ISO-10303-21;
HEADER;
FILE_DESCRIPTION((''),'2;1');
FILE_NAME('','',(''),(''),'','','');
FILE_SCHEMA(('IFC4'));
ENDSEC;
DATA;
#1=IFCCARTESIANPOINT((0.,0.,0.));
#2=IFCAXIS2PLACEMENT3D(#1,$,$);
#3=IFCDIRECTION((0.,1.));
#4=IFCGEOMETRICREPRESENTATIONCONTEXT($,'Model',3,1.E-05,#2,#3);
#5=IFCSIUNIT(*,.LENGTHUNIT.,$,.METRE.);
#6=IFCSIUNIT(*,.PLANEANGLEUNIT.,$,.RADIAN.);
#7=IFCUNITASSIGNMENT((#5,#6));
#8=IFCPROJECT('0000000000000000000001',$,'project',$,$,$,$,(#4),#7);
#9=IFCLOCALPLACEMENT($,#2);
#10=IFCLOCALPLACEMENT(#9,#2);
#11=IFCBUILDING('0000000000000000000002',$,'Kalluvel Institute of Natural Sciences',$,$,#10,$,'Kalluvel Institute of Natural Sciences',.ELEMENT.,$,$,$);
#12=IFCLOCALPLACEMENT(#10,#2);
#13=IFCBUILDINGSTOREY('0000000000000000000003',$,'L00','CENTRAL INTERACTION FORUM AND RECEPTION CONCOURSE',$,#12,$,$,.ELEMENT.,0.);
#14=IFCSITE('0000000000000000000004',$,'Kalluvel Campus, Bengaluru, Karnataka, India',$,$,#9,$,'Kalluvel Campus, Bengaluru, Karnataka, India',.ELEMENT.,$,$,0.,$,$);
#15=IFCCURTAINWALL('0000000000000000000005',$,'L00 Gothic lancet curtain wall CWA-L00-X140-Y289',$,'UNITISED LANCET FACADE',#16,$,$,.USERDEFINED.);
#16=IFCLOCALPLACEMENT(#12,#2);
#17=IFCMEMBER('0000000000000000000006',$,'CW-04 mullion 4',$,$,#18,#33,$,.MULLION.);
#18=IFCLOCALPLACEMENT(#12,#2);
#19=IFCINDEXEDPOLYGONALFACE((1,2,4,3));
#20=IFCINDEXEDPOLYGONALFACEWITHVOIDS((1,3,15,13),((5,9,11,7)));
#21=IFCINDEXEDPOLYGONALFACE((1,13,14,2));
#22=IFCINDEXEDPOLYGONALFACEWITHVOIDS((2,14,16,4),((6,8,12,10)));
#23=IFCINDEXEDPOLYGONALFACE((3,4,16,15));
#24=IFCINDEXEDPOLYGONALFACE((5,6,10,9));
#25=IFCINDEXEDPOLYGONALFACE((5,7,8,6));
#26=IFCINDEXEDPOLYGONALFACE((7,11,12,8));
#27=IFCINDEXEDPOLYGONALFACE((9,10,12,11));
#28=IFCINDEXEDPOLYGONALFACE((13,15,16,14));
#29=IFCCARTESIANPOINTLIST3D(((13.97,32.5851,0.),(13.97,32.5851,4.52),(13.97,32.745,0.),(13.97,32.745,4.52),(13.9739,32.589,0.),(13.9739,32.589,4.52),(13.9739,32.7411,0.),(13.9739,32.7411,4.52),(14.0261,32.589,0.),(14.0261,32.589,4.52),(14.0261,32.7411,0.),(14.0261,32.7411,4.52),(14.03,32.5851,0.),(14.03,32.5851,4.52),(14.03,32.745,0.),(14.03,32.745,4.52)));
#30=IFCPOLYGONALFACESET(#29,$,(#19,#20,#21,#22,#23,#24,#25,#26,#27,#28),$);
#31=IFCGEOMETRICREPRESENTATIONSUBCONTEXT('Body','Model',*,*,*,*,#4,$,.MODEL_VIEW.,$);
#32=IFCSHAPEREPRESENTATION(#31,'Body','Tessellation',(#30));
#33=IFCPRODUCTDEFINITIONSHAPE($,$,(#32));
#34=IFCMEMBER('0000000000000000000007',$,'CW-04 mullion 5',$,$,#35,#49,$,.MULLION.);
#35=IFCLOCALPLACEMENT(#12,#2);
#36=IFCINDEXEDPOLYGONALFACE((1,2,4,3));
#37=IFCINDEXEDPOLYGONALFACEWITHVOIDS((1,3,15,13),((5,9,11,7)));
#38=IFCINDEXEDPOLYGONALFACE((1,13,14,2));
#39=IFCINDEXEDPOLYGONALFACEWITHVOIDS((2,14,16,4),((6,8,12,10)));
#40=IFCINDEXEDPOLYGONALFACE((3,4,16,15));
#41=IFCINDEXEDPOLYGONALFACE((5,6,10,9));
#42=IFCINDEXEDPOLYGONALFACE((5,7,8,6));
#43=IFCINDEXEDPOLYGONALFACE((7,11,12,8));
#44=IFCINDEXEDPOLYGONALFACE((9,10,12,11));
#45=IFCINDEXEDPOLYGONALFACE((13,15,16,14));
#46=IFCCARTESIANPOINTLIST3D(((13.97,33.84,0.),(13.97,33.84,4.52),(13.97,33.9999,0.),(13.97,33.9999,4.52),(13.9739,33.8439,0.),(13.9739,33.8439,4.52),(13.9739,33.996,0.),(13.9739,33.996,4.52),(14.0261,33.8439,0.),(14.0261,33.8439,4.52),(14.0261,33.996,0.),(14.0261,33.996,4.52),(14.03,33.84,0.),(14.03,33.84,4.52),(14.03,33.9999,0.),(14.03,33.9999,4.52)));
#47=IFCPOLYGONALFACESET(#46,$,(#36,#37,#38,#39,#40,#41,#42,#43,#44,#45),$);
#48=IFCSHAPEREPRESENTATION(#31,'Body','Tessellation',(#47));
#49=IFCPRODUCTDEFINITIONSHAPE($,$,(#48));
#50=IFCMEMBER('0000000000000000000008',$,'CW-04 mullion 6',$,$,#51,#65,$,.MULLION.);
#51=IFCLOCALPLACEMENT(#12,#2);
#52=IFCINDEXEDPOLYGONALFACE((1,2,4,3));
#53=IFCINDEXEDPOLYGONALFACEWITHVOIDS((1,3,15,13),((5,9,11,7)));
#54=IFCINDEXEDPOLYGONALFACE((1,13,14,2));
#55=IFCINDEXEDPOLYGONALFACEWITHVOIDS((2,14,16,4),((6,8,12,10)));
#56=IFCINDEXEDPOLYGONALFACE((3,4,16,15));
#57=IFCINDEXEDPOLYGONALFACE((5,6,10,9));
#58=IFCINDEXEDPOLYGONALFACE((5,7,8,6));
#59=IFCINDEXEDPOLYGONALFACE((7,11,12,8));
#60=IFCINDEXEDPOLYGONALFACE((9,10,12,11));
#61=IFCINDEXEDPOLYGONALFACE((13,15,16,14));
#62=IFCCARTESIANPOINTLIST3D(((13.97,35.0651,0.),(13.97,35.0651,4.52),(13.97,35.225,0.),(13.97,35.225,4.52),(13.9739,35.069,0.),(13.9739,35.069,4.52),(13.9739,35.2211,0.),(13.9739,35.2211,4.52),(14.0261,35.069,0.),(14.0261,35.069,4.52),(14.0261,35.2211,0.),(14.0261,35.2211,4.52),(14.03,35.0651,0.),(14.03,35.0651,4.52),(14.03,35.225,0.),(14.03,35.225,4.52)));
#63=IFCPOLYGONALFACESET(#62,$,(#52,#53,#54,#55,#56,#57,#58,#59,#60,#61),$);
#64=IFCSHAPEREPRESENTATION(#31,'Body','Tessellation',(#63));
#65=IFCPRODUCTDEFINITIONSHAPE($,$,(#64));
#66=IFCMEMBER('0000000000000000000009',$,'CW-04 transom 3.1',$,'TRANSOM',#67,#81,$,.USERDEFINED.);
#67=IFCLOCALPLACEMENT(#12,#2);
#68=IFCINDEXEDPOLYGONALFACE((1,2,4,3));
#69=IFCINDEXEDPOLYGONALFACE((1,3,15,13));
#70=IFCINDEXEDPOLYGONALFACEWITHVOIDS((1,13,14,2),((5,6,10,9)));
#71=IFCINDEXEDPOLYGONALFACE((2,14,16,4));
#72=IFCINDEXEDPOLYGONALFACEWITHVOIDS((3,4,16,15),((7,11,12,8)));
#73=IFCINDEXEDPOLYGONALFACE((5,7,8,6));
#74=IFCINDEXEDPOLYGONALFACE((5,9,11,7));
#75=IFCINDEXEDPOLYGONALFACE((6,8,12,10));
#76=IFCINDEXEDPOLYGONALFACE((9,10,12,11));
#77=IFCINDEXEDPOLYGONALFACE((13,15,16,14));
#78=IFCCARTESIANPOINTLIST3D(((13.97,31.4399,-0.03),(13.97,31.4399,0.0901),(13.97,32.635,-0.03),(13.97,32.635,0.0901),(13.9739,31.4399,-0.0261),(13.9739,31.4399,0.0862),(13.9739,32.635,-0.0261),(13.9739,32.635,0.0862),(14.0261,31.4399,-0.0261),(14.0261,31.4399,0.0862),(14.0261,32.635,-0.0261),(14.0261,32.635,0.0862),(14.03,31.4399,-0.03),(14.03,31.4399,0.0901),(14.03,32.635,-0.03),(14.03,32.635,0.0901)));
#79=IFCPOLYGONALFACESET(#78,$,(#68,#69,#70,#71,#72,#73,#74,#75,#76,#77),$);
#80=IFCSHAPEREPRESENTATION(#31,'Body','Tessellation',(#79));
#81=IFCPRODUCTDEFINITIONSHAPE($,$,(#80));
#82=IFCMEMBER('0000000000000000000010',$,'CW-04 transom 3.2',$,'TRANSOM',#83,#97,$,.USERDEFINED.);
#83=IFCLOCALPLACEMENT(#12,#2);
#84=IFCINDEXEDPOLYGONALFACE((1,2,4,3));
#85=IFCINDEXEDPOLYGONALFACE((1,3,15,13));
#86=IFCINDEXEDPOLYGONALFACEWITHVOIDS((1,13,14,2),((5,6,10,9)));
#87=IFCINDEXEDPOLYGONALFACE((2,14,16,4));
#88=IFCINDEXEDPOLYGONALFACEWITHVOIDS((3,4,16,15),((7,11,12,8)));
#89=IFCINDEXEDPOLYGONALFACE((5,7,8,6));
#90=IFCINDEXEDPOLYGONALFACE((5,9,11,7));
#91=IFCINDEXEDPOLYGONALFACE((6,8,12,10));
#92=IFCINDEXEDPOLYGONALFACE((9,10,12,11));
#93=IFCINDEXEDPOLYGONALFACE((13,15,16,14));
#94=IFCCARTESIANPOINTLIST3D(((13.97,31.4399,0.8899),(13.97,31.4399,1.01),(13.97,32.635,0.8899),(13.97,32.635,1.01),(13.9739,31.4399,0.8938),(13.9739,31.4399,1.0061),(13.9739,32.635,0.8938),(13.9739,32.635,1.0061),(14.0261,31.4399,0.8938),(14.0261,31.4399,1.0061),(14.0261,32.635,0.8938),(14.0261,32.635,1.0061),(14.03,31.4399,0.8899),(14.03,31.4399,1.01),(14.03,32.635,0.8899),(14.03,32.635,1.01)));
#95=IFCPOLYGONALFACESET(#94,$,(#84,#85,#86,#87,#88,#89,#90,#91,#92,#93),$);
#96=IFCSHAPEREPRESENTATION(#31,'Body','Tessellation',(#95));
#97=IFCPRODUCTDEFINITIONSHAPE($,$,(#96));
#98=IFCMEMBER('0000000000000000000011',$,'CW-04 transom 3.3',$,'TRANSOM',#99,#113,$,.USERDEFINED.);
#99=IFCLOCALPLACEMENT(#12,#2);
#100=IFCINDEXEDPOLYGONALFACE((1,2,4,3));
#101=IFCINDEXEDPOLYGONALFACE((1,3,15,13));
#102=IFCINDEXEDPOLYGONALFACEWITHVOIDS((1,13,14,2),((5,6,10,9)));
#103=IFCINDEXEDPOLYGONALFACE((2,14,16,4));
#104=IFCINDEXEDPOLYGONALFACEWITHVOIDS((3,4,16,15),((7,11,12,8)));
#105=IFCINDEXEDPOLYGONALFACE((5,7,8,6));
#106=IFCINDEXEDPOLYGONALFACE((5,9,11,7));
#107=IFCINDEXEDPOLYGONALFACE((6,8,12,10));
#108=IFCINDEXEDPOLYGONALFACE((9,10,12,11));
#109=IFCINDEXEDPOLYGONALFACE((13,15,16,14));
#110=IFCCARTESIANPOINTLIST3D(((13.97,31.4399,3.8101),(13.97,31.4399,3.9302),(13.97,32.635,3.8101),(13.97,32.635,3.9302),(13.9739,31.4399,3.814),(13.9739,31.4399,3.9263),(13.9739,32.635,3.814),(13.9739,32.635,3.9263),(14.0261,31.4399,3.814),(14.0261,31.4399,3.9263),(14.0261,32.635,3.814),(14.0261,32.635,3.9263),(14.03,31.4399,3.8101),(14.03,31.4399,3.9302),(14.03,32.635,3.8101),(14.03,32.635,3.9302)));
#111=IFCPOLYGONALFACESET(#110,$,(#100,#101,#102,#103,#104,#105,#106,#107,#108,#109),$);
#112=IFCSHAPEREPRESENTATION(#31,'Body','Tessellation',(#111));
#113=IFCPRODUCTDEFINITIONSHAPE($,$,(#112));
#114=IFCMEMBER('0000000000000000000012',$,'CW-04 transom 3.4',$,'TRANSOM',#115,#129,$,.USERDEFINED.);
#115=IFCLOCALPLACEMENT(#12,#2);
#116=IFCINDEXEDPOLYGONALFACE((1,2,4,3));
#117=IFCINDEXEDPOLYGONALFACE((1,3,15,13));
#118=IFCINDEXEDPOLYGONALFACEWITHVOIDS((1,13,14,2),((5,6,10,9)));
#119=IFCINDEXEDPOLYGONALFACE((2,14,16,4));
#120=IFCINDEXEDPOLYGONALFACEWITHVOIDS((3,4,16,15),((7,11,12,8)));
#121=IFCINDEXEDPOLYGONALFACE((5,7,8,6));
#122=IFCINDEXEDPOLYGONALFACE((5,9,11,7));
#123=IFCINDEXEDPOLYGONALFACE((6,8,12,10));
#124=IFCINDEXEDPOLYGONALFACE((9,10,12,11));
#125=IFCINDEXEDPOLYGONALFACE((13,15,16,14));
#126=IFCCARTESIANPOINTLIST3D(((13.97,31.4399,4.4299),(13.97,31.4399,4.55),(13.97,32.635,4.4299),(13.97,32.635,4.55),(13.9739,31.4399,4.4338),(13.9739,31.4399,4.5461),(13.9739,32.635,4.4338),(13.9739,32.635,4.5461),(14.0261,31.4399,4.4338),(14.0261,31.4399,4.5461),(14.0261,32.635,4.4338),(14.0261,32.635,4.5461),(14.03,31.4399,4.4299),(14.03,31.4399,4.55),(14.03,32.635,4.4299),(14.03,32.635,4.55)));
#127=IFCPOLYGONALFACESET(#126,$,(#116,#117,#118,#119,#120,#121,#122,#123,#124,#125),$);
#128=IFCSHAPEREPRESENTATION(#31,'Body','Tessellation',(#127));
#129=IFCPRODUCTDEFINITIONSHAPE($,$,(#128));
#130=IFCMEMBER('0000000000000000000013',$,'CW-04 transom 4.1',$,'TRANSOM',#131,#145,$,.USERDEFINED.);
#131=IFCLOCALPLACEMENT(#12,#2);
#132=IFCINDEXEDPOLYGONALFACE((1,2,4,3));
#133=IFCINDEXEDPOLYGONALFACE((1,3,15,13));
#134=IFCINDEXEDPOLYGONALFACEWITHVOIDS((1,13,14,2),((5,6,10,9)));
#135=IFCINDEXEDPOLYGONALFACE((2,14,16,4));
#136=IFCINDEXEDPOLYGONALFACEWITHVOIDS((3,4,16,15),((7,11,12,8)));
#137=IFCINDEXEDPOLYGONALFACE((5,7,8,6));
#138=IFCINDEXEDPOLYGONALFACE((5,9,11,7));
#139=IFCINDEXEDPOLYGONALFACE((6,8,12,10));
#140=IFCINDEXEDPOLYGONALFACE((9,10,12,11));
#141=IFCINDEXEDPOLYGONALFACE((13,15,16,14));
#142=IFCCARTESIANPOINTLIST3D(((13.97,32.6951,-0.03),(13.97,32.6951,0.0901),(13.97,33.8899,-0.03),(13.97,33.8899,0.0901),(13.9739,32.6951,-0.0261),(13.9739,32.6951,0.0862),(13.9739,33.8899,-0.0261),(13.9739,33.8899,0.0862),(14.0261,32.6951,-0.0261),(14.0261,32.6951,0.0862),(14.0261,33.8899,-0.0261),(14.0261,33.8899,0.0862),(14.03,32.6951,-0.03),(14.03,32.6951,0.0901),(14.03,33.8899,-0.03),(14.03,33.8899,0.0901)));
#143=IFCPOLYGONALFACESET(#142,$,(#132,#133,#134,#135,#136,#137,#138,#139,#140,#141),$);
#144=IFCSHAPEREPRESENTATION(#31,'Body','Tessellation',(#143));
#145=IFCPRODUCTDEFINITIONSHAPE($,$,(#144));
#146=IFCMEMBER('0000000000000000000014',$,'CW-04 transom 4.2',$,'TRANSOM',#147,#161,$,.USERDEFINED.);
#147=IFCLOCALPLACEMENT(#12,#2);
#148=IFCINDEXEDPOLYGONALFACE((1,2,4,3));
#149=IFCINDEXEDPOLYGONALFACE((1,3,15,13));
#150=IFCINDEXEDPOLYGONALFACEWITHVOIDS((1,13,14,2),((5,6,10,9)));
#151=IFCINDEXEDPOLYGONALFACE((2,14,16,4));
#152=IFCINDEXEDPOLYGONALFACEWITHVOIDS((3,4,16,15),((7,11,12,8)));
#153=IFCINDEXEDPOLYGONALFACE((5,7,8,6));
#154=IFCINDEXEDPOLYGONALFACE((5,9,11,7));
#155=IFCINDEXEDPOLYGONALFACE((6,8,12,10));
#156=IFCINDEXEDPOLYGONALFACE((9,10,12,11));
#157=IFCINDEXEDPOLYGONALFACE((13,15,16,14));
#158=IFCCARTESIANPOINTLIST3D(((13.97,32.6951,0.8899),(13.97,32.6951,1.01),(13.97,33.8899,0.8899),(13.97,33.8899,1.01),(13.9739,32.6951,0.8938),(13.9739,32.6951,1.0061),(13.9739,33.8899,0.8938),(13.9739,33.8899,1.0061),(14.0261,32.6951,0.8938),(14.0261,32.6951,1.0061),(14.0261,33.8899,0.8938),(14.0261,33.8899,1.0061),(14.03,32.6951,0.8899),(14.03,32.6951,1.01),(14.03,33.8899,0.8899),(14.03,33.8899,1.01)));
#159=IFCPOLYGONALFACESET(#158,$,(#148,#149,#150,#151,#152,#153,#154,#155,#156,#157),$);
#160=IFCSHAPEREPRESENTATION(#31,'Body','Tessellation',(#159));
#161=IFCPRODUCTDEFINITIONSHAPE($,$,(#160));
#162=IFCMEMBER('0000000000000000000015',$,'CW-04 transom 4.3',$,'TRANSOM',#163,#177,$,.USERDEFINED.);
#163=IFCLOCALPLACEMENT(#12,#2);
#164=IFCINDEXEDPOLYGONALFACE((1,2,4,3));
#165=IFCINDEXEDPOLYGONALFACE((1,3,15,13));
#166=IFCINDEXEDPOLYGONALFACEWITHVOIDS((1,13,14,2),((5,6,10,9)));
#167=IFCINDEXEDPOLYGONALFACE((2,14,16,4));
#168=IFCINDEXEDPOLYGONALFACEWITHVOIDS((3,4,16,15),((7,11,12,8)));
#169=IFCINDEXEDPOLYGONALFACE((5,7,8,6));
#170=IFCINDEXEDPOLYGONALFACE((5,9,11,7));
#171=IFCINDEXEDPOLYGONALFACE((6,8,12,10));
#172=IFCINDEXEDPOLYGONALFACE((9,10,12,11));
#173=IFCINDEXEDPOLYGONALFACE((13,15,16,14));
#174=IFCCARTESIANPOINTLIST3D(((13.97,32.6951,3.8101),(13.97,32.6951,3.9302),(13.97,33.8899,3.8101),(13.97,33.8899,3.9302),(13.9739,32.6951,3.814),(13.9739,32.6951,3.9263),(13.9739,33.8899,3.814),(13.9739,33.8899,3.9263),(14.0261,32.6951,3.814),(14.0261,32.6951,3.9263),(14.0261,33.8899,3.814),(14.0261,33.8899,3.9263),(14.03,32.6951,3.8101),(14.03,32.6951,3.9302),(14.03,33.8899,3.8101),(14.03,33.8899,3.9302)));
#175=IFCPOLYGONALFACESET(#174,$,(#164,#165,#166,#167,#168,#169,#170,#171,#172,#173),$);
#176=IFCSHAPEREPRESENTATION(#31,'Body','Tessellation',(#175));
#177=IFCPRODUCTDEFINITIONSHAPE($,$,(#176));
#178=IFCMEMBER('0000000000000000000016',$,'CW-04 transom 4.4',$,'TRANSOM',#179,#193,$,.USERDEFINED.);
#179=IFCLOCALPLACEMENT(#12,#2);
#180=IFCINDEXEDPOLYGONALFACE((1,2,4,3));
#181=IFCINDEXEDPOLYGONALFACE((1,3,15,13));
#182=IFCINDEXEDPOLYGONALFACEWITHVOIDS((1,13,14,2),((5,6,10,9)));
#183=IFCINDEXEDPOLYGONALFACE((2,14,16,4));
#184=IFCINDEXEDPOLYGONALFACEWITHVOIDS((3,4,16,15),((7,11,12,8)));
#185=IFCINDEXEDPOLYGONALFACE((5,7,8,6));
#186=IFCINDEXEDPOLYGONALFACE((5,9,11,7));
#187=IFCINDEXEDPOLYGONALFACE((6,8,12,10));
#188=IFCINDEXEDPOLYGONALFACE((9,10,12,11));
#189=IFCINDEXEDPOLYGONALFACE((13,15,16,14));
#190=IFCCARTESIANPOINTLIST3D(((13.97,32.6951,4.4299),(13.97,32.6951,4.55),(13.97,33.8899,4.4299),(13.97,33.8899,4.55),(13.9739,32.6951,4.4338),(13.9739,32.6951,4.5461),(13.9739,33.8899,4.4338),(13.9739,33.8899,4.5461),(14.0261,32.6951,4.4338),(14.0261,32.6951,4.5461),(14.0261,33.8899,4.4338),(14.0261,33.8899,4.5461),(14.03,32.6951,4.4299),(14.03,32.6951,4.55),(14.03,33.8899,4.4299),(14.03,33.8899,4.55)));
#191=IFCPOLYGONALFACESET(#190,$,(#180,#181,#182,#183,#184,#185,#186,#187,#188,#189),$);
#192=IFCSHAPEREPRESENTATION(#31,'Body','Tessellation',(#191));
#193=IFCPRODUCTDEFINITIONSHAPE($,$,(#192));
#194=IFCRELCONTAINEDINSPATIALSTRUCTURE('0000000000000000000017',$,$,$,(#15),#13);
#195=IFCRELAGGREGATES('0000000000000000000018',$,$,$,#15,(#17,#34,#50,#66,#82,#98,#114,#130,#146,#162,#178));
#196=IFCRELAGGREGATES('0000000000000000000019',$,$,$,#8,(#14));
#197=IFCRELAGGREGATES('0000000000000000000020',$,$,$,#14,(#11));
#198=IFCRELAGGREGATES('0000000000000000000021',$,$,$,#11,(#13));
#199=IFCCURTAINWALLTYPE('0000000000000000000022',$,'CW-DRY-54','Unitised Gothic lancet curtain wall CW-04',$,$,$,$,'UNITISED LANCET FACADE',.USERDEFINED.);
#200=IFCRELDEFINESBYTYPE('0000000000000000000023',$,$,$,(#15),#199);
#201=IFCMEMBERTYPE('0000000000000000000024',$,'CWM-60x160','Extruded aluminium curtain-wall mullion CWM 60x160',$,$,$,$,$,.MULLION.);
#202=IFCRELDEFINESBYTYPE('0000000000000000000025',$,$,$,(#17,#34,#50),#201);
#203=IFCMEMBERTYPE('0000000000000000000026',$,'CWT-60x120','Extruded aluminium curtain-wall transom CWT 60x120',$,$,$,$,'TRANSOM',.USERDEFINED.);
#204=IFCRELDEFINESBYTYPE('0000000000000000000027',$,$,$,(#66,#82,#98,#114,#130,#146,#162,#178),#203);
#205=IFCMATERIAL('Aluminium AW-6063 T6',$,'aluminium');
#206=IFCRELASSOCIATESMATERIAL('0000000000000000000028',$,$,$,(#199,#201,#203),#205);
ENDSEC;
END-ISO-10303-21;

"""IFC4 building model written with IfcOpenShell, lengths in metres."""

from ifc_helpers import new_model, si_unit, direction, frame, origin, origin_2d, place, context, subcontext, project, spatial, hollow_rectangle, extrude, material, material_profile, profile_set, type_object, element, aggregate, save


model = new_model("IFC4")

# Units and contexts
model_context = context("Model", 3, precision=1e-05, world=origin(), true_north=direction((0.0, 1.0)))
body_context = subcontext(model_context, "Body", "Model", "MODEL_VIEW")
ifc_project = project(units=[si_unit("LENGTHUNIT", "METRE"), si_unit("PLANEANGLEUNIT", "RADIAN")], contexts=[model_context])

# Site, building, storey
site_placement = place(None, origin())
site = spatial("IfcSite", under=ifc_project, at=site_placement, Name="Kalluvel Campus, Bengaluru, Karnataka, India", LongName="Kalluvel Campus, Bengaluru, Karnataka, India", CompositionType="ELEMENT", RefElevation=0.0)
building_placement = place(site_placement, origin())
building = spatial("IfcBuilding", under=site, at=building_placement, Name="Kalluvel Institute of Natural Sciences", LongName="Kalluvel Institute of Natural Sciences", CompositionType="ELEMENT")
storey_placement = place(building_placement, origin())
storey = spatial("IfcBuildingStorey", under=building, at=storey_placement, Name="L00", Description="CENTRAL INTERACTION FORUM AND RECEPTION CONCOURSE", CompositionType="ELEMENT", Elevation=0.0)

# Curtain wall, members
ifc_material_1 = material(Name="Aluminium AW-6063 T6", Category="aluminium")
curtain_wall_type = type_object("IfcCurtainWallType", Name="CW-DRY-54", Description="Unitised Gothic lancet curtain wall CW-04", ElementType="UNITISED LANCET FACADE", PredefinedType="USERDEFINED", material=ifc_material_1)
curtain_wall_placement = place(storey_placement, origin())
curtain_wall = element("IfcCurtainWall", 1, at=curtain_wall_placement, inside=storey, type_object=curtain_wall_type, Name="L00 Gothic lancet curtain wall CWA-L00-X140-Y289", ObjectType="UNITISED LANCET FACADE", PredefinedType="USERDEFINED")
ifc_material_profile_1 = material_profile(ifc_material_1, hollow_rectangle(XDim=0.0601, YDim=0.1599, WallThickness=0.0039, at=origin_2d()), Name="CWM 60x160")
ifc_profile_set_1 = profile_set([ifc_material_profile_1], Name="Aluminium AW-6063 T6")
member_type_1 = type_object("IfcMemberType", Name="CWM-60x160", Description="Extruded aluminium curtain-wall mullion CWM 60x160", PredefinedType="MULLION", material=ifc_profile_set_1)
member_1_placement = place(storey_placement, frame((14.0, 32.665, 0.0), z_axis=(0.0, 0.0, 1.0), x_axis=(-1.0, 0.0, 0.0)))
member_1 = element("IfcMember", 2, at=member_1_placement, type_object=member_type_1, Name="CW-04 mullion 4", PredefinedType="MULLION", context=body_context, shape_type="SweptSolid", body=[
    extrude(hollow_rectangle(XDim=0.0601, YDim=0.1599, WallThickness=0.0039, at=origin_2d()), origin(), (0.0, 0.0, 1.0), 4.52),
])
member_2_placement = place(storey_placement, frame((14.0, 33.9199, 0.0), z_axis=(0.0, 0.0, 1.0), x_axis=(-1.0, 0.0, 0.0)))
member_2 = element("IfcMember", 3, at=member_2_placement, type_object=member_type_1, Name="CW-04 mullion 5", PredefinedType="MULLION", context=body_context, shape_type="SweptSolid", body=[
    extrude(hollow_rectangle(XDim=0.0601, YDim=0.1599, WallThickness=0.0039, at=origin_2d()), origin(), (0.0, 0.0, 1.0), 4.52),
])
member_3_placement = place(storey_placement, frame((14.0, 35.145, 0.0), z_axis=(0.0, 0.0, 1.0), x_axis=(-1.0, 0.0, 0.0)))
member_3 = element("IfcMember", 4, at=member_3_placement, type_object=member_type_1, Name="CW-04 mullion 6", PredefinedType="MULLION", context=body_context, shape_type="SweptSolid", body=[
    extrude(hollow_rectangle(XDim=0.0601, YDim=0.1599, WallThickness=0.0039, at=origin_2d()), origin(), (0.0, 0.0, 1.0), 4.52),
])
ifc_material_profile_2 = material_profile(ifc_material_1, hollow_rectangle(XDim=0.0601, YDim=0.1201, WallThickness=0.0039, at=origin_2d()), Name="CWT 60x120")
ifc_profile_set_2 = profile_set([ifc_material_profile_2], Name="Aluminium AW-6063 T6")
member_type_2 = type_object("IfcMemberType", Name="CWT-60x120", Description="Extruded aluminium curtain-wall transom CWT 60x120", ElementType="TRANSOM", PredefinedType="USERDEFINED", material=ifc_profile_set_2)
member_4_placement = place(storey_placement, frame((14.0, 31.4399, 0.03), z_axis=(0.0, 1.0, 0.0), x_axis=(-1.0, 0.0, 0.0)))
member_4 = element("IfcMember", 5, at=member_4_placement, type_object=member_type_2, Name="CW-04 transom 3.1", ObjectType="TRANSOM", PredefinedType="USERDEFINED", context=body_context, shape_type="SweptSolid", body=[
    extrude(hollow_rectangle(XDim=0.0601, YDim=0.1201, WallThickness=0.0039, at=origin_2d()), origin(), (0.0, 0.0, 1.0), 1.1951),
])
member_5_placement = place(storey_placement, frame((14.0, 31.4399, 0.95), z_axis=(0.0, 1.0, 0.0), x_axis=(-1.0, 0.0, 0.0)))
member_5 = element("IfcMember", 6, at=member_5_placement, type_object=member_type_2, Name="CW-04 transom 3.2", ObjectType="TRANSOM", PredefinedType="USERDEFINED", context=body_context, shape_type="SweptSolid", body=[
    extrude(hollow_rectangle(XDim=0.0601, YDim=0.1201, WallThickness=0.0039, at=origin_2d()), origin(), (0.0, 0.0, 1.0), 1.1951),
])
member_6_placement = place(storey_placement, frame((14.0, 31.4399, 3.8701), z_axis=(0.0, 1.0, 0.0), x_axis=(-1.0, 0.0, 0.0)))
member_6 = element("IfcMember", 7, at=member_6_placement, type_object=member_type_2, Name="CW-04 transom 3.3", ObjectType="TRANSOM", PredefinedType="USERDEFINED", context=body_context, shape_type="SweptSolid", body=[
    extrude(hollow_rectangle(XDim=0.0601, YDim=0.1201, WallThickness=0.0039, at=origin_2d()), origin(), (0.0, 0.0, 1.0), 1.1951),
])
member_7_placement = place(storey_placement, frame((14.0, 31.4399, 4.49), z_axis=(0.0, 1.0, 0.0), x_axis=(-1.0, 0.0, 0.0)))
member_7 = element("IfcMember", 8, at=member_7_placement, type_object=member_type_2, Name="CW-04 transom 3.4", ObjectType="TRANSOM", PredefinedType="USERDEFINED", context=body_context, shape_type="SweptSolid", body=[
    extrude(hollow_rectangle(XDim=0.0601, YDim=0.1201, WallThickness=0.0039, at=origin_2d()), origin(), (0.0, 0.0, 1.0), 1.1951),
])
member_8_placement = place(storey_placement, frame((14.0, 32.6951, 0.03), z_axis=(0.0, 1.0, 0.0), x_axis=(-1.0, 0.0, 0.0)))
member_8 = element("IfcMember", 9, at=member_8_placement, type_object=member_type_2, Name="CW-04 transom 4.1", ObjectType="TRANSOM", PredefinedType="USERDEFINED", context=body_context, shape_type="SweptSolid", body=[
    extrude(hollow_rectangle(XDim=0.0601, YDim=0.1201, WallThickness=0.0039, at=origin_2d()), origin(), (0.0, 0.0, 1.0), 1.1948),
])
member_9_placement = place(storey_placement, frame((14.0, 32.6951, 0.95), z_axis=(0.0, 1.0, 0.0), x_axis=(-1.0, 0.0, 0.0)))
member_9 = element("IfcMember", 10, at=member_9_placement, type_object=member_type_2, Name="CW-04 transom 4.2", ObjectType="TRANSOM", PredefinedType="USERDEFINED", context=body_context, shape_type="SweptSolid", body=[
    extrude(hollow_rectangle(XDim=0.0601, YDim=0.1201, WallThickness=0.0039, at=origin_2d()), origin(), (0.0, 0.0, 1.0), 1.1948),
])
member_10_placement = place(storey_placement, frame((14.0, 32.6951, 3.8701), z_axis=(0.0, 1.0, 0.0), x_axis=(-1.0, 0.0, 0.0)))
member_10 = element("IfcMember", 11, at=member_10_placement, type_object=member_type_2, Name="CW-04 transom 4.3", ObjectType="TRANSOM", PredefinedType="USERDEFINED", context=body_context, shape_type="SweptSolid", body=[
    extrude(hollow_rectangle(XDim=0.0601, YDim=0.1201, WallThickness=0.0039, at=origin_2d()), origin(), (0.0, 0.0, 1.0), 1.1948),
])
member_11_placement = place(storey_placement, frame((14.0, 32.6951, 4.49), z_axis=(0.0, 1.0, 0.0), x_axis=(-1.0, 0.0, 0.0)))
member_11 = element("IfcMember", 12, at=member_11_placement, type_object=member_type_2, Name="CW-04 transom 4.4", ObjectType="TRANSOM", PredefinedType="USERDEFINED", context=body_context, shape_type="SweptSolid", body=[
    extrude(hollow_rectangle(XDim=0.0601, YDim=0.1201, WallThickness=0.0039, at=origin_2d()), origin(), (0.0, 0.0, 1.0), 1.1948),
])
aggregate(curtain_wall, [member_1, member_2, member_3, member_4, member_5, member_6, member_7, member_8, member_9, member_10, member_11])

save(model, "model.ifc")
